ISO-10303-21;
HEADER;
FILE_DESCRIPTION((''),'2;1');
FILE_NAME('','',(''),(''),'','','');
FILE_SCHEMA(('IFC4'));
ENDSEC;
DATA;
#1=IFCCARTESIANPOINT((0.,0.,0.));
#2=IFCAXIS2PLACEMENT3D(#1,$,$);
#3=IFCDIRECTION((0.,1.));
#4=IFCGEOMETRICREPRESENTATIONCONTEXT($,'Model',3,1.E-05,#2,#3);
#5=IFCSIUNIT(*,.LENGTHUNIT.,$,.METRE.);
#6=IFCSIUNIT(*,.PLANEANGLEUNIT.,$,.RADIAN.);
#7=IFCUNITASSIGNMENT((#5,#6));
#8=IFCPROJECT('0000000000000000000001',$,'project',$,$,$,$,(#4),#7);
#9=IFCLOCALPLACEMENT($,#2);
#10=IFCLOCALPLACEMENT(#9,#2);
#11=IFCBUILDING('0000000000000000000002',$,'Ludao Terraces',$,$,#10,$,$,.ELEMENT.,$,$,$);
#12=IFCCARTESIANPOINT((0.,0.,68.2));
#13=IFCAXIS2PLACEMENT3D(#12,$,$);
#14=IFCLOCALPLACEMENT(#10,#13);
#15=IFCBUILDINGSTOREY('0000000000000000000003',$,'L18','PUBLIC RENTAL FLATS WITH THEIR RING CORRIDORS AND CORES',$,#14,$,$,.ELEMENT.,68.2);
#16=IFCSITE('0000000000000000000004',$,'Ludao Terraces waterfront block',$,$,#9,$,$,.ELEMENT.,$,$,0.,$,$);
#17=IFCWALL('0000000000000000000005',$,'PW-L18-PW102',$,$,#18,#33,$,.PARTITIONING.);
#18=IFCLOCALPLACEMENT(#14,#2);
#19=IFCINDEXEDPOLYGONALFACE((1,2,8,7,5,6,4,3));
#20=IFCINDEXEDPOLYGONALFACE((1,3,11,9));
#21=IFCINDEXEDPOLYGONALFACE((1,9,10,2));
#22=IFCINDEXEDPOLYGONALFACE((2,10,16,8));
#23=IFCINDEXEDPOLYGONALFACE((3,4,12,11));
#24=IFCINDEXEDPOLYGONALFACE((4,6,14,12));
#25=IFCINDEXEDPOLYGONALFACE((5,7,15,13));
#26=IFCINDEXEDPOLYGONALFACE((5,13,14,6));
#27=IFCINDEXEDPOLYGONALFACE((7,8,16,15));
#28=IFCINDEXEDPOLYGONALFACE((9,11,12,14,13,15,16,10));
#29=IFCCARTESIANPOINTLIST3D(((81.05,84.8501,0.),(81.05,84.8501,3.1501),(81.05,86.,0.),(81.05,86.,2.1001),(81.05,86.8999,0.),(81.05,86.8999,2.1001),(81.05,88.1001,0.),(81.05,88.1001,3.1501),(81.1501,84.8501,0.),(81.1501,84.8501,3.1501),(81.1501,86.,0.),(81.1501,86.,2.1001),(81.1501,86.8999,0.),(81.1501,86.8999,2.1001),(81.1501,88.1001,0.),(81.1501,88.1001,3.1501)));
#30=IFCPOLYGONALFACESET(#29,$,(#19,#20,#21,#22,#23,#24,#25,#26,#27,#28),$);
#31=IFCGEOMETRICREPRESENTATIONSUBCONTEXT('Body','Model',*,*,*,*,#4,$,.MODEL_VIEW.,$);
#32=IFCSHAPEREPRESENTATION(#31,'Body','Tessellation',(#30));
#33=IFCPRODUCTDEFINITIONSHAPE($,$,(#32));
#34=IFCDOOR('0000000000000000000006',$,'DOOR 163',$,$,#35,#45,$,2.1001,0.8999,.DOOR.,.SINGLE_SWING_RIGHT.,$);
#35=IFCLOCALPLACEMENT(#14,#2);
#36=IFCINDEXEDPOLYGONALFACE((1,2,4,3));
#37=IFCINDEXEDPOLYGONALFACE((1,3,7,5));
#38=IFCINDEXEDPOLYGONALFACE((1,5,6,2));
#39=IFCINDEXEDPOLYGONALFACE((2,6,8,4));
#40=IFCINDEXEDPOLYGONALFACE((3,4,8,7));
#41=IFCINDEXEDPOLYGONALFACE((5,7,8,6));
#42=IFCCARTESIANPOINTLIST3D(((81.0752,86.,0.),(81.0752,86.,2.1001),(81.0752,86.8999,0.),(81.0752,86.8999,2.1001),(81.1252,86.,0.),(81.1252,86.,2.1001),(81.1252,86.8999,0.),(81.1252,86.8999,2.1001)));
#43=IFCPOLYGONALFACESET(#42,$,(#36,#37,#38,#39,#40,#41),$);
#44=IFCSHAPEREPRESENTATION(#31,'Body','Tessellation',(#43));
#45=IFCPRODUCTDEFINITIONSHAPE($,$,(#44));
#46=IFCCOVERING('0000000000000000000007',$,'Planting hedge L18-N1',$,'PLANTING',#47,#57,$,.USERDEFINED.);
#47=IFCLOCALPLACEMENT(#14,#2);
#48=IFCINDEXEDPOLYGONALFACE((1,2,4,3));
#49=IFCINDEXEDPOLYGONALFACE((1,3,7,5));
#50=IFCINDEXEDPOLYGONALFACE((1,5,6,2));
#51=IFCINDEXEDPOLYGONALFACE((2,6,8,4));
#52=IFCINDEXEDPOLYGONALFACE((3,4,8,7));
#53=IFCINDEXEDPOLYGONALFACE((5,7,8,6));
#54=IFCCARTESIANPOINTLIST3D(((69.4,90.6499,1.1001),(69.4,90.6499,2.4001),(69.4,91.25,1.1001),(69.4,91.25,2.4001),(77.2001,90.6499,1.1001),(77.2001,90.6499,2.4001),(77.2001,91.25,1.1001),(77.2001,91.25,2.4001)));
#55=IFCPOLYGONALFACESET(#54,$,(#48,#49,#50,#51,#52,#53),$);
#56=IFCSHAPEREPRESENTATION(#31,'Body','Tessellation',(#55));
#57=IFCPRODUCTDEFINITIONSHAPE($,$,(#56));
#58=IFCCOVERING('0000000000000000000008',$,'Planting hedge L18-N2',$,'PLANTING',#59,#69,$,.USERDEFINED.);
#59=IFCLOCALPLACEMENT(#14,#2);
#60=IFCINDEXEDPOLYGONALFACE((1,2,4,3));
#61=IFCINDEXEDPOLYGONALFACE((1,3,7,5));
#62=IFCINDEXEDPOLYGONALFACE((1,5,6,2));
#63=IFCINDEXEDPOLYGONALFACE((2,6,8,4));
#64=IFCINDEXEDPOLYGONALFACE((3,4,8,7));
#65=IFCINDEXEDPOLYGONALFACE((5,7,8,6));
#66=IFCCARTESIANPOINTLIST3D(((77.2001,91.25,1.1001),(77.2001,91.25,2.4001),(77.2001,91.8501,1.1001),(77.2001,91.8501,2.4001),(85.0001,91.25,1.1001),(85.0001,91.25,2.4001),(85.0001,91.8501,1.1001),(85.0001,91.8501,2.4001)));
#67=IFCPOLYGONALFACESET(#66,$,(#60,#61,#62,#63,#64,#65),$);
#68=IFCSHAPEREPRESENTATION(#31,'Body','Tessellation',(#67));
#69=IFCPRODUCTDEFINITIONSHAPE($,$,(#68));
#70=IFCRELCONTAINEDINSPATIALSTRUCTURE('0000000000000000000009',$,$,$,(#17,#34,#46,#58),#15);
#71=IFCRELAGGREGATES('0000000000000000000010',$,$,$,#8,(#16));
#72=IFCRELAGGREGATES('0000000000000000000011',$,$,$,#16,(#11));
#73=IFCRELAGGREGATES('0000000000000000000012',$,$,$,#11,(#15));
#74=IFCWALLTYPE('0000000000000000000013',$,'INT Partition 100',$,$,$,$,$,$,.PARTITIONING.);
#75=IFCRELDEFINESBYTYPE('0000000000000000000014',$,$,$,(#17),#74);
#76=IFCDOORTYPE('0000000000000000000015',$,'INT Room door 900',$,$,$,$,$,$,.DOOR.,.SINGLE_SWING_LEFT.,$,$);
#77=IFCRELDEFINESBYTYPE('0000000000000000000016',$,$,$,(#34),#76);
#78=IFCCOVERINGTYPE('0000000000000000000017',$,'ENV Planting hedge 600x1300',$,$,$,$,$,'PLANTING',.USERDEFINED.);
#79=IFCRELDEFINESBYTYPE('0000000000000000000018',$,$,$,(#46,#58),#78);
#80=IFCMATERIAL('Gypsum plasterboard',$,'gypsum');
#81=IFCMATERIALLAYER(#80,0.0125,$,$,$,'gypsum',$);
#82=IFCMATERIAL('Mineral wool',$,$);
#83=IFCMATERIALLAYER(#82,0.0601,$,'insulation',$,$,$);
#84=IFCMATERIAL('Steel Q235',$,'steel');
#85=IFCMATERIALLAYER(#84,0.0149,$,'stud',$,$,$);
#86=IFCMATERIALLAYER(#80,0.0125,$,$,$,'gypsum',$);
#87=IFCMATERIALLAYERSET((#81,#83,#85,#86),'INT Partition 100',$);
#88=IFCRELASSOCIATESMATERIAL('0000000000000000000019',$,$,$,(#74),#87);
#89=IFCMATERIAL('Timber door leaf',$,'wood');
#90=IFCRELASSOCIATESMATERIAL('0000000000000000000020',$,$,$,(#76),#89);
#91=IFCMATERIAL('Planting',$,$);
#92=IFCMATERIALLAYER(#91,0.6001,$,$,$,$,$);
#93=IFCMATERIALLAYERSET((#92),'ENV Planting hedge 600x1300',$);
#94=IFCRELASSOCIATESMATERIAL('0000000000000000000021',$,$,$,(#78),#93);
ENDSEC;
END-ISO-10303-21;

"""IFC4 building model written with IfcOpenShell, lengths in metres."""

from ifc_helpers import new_model, si_unit, direction, frame, frame_2d, origin, origin_2d, place, context, subcontext, project, spatial, rectangle, extrude, material, layer, layer_set, type_object, element, fill, save


model = new_model("IFC4")

# Units and contexts
model_context = context("Model", 3, precision=1e-05, world=origin(), true_north=direction((0.0, 1.0)))
body_context = subcontext(model_context, "Body", "Model", "MODEL_VIEW")
ifc_project = project(units=[si_unit("LENGTHUNIT", "METRE"), si_unit("PLANEANGLEUNIT", "RADIAN")], contexts=[model_context])

# Site, building, storey
site_placement = place(None, origin())
site = spatial("IfcSite", under=ifc_project, at=site_placement, Name="Ludao Terraces waterfront block", CompositionType="ELEMENT", RefElevation=0.0)
building_placement = place(site_placement, origin())
building = spatial("IfcBuilding", under=site, at=building_placement, Name="Ludao Terraces", CompositionType="ELEMENT")
storey_placement = place(building_placement, frame((0.0, 0.0, 68.2)))
storey = spatial("IfcBuildingStorey", under=building, at=storey_placement, Name="L18", Description="PUBLIC RENTAL FLATS WITH THEIR RING CORRIDORS AND CORES", CompositionType="ELEMENT", Elevation=68.2)

# Shared definitions
ifc_material_1 = material(Name="Mineral wool")

# Wall, opening, door
ifc_material_2 = material(Name="Gypsum plasterboard", Category="gypsum")
ifc_layer_1 = layer(ifc_material_2, 0.0125, Category="gypsum")
ifc_layer_2 = layer(ifc_material_1, 0.0601, Name="insulation")
ifc_material_3 = material(Name="Steel Q235", Category="steel")
ifc_layer_3 = layer(ifc_material_3, 0.0149, Name="stud")
ifc_layer_4 = layer(ifc_material_2, 0.0125, Category="gypsum")
ifc_layer_set_1 = layer_set([ifc_layer_1, ifc_layer_2, ifc_layer_3, ifc_layer_4], Name="INT Partition 100")
wall_type_1 = type_object("IfcWallType", Name="INT Partition 100", PredefinedType="PARTITIONING", material=ifc_layer_set_1)
ifc_material_4 = material(Name="Timber door leaf", Category="wood")
door_type_1 = type_object("IfcDoorType", Name="INT Room door 900", OperationType="SINGLE_SWING_LEFT", PredefinedType="DOOR", material=ifc_material_4)
wall_1_placement = place(storey_placement, frame((81.1001, 84.8501, 0.0), z_axis=(0.0, 0.0, 1.0), x_axis=(0.0, 1.0, 0.0)))
wall_1 = element("IfcWall", 1, at=wall_1_placement, inside=storey, type_object=wall_type_1, Name="PW-L18-PW102", PredefinedType="PARTITIONING", context=body_context, shape_type="SweptSolid", body=[
    extrude(rectangle(XDim=3.25, YDim=0.1001, at=frame_2d((1.625, 0.0))), origin(), (0.0, 0.0, 1.0), 3.1501),
])
opening_1_placement = place(wall_1_placement, frame((1.1499, 0.0, 0.0)))
opening_1 = element("IfcOpeningElement", 2, at=opening_1_placement, cuts=wall_1, PredefinedType="OPENING", context=body_context, shape_type="SweptSolid", body=[
    extrude(rectangle(XDim=0.8999, YDim=2.1001, at=frame_2d((0.45, 1.05))), frame((0.0, 0.0601, 0.0), z_axis=(0.0, -1.0, 0.0), x_axis=(1.0, 0.0, 0.0)), (0.0, 0.0, 1.0), 0.1201),
])
door_1_placement = place(opening_1_placement, origin())
door_1 = element("IfcDoor", 3, at=door_1_placement, inside=storey, type_object=door_type_1, Name="DOOR 163", OperationType="SINGLE_SWING_RIGHT", OverallHeight=2.1001, OverallWidth=0.8999, PredefinedType="DOOR", context=body_context, shape_type="SweptSolid", body=[
    extrude(rectangle(XDim=0.8999, YDim=2.1001, at=frame_2d((0.45, 1.05))), frame((0.0, 0.0249, 0.0), z_axis=(0.0, -1.0, 0.0), x_axis=(1.0, 0.0, 0.0)), (0.0, 0.0, 1.0), 0.05),
])
fill(opening_1, door_1)

# Coverings
ifc_material_5 = material(Name="Planting")
ifc_layer_5 = layer(ifc_material_5, 0.6001)
ifc_layer_set_2 = layer_set([ifc_layer_5], Name="ENV Planting hedge 600x1300")
covering_type = type_object("IfcCoveringType", Name="ENV Planting hedge 600x1300", ElementType="PLANTING", PredefinedType="USERDEFINED", material=ifc_layer_set_2)
for number, where, z_axis, x_axis, name in (
    (4, (73.3, 90.95, 1.1001), (0.0, 0.0, 1.0), (1.0, 0.0, 0.0), "Planting hedge L18-N1"),
    (5, (81.1001, 91.55, 1.1001), (0.0, 0.0, 1.0), (1.0, 0.0, 0.0), "Planting hedge L18-N2"),
):
    element("IfcCovering", number, at=place(storey_placement, frame(where, z_axis=z_axis, x_axis=x_axis)), inside=storey, type_object=covering_type, Name=name, ObjectType="PLANTING", PredefinedType="USERDEFINED", context=body_context, shape_type="SweptSolid", body=[
        extrude(rectangle(XDim=7.8, YDim=0.6001, at=origin_2d()), origin(), (0.0, 0.0, 1.0), 1.3),
    ])

save(model, "model.ifc")
